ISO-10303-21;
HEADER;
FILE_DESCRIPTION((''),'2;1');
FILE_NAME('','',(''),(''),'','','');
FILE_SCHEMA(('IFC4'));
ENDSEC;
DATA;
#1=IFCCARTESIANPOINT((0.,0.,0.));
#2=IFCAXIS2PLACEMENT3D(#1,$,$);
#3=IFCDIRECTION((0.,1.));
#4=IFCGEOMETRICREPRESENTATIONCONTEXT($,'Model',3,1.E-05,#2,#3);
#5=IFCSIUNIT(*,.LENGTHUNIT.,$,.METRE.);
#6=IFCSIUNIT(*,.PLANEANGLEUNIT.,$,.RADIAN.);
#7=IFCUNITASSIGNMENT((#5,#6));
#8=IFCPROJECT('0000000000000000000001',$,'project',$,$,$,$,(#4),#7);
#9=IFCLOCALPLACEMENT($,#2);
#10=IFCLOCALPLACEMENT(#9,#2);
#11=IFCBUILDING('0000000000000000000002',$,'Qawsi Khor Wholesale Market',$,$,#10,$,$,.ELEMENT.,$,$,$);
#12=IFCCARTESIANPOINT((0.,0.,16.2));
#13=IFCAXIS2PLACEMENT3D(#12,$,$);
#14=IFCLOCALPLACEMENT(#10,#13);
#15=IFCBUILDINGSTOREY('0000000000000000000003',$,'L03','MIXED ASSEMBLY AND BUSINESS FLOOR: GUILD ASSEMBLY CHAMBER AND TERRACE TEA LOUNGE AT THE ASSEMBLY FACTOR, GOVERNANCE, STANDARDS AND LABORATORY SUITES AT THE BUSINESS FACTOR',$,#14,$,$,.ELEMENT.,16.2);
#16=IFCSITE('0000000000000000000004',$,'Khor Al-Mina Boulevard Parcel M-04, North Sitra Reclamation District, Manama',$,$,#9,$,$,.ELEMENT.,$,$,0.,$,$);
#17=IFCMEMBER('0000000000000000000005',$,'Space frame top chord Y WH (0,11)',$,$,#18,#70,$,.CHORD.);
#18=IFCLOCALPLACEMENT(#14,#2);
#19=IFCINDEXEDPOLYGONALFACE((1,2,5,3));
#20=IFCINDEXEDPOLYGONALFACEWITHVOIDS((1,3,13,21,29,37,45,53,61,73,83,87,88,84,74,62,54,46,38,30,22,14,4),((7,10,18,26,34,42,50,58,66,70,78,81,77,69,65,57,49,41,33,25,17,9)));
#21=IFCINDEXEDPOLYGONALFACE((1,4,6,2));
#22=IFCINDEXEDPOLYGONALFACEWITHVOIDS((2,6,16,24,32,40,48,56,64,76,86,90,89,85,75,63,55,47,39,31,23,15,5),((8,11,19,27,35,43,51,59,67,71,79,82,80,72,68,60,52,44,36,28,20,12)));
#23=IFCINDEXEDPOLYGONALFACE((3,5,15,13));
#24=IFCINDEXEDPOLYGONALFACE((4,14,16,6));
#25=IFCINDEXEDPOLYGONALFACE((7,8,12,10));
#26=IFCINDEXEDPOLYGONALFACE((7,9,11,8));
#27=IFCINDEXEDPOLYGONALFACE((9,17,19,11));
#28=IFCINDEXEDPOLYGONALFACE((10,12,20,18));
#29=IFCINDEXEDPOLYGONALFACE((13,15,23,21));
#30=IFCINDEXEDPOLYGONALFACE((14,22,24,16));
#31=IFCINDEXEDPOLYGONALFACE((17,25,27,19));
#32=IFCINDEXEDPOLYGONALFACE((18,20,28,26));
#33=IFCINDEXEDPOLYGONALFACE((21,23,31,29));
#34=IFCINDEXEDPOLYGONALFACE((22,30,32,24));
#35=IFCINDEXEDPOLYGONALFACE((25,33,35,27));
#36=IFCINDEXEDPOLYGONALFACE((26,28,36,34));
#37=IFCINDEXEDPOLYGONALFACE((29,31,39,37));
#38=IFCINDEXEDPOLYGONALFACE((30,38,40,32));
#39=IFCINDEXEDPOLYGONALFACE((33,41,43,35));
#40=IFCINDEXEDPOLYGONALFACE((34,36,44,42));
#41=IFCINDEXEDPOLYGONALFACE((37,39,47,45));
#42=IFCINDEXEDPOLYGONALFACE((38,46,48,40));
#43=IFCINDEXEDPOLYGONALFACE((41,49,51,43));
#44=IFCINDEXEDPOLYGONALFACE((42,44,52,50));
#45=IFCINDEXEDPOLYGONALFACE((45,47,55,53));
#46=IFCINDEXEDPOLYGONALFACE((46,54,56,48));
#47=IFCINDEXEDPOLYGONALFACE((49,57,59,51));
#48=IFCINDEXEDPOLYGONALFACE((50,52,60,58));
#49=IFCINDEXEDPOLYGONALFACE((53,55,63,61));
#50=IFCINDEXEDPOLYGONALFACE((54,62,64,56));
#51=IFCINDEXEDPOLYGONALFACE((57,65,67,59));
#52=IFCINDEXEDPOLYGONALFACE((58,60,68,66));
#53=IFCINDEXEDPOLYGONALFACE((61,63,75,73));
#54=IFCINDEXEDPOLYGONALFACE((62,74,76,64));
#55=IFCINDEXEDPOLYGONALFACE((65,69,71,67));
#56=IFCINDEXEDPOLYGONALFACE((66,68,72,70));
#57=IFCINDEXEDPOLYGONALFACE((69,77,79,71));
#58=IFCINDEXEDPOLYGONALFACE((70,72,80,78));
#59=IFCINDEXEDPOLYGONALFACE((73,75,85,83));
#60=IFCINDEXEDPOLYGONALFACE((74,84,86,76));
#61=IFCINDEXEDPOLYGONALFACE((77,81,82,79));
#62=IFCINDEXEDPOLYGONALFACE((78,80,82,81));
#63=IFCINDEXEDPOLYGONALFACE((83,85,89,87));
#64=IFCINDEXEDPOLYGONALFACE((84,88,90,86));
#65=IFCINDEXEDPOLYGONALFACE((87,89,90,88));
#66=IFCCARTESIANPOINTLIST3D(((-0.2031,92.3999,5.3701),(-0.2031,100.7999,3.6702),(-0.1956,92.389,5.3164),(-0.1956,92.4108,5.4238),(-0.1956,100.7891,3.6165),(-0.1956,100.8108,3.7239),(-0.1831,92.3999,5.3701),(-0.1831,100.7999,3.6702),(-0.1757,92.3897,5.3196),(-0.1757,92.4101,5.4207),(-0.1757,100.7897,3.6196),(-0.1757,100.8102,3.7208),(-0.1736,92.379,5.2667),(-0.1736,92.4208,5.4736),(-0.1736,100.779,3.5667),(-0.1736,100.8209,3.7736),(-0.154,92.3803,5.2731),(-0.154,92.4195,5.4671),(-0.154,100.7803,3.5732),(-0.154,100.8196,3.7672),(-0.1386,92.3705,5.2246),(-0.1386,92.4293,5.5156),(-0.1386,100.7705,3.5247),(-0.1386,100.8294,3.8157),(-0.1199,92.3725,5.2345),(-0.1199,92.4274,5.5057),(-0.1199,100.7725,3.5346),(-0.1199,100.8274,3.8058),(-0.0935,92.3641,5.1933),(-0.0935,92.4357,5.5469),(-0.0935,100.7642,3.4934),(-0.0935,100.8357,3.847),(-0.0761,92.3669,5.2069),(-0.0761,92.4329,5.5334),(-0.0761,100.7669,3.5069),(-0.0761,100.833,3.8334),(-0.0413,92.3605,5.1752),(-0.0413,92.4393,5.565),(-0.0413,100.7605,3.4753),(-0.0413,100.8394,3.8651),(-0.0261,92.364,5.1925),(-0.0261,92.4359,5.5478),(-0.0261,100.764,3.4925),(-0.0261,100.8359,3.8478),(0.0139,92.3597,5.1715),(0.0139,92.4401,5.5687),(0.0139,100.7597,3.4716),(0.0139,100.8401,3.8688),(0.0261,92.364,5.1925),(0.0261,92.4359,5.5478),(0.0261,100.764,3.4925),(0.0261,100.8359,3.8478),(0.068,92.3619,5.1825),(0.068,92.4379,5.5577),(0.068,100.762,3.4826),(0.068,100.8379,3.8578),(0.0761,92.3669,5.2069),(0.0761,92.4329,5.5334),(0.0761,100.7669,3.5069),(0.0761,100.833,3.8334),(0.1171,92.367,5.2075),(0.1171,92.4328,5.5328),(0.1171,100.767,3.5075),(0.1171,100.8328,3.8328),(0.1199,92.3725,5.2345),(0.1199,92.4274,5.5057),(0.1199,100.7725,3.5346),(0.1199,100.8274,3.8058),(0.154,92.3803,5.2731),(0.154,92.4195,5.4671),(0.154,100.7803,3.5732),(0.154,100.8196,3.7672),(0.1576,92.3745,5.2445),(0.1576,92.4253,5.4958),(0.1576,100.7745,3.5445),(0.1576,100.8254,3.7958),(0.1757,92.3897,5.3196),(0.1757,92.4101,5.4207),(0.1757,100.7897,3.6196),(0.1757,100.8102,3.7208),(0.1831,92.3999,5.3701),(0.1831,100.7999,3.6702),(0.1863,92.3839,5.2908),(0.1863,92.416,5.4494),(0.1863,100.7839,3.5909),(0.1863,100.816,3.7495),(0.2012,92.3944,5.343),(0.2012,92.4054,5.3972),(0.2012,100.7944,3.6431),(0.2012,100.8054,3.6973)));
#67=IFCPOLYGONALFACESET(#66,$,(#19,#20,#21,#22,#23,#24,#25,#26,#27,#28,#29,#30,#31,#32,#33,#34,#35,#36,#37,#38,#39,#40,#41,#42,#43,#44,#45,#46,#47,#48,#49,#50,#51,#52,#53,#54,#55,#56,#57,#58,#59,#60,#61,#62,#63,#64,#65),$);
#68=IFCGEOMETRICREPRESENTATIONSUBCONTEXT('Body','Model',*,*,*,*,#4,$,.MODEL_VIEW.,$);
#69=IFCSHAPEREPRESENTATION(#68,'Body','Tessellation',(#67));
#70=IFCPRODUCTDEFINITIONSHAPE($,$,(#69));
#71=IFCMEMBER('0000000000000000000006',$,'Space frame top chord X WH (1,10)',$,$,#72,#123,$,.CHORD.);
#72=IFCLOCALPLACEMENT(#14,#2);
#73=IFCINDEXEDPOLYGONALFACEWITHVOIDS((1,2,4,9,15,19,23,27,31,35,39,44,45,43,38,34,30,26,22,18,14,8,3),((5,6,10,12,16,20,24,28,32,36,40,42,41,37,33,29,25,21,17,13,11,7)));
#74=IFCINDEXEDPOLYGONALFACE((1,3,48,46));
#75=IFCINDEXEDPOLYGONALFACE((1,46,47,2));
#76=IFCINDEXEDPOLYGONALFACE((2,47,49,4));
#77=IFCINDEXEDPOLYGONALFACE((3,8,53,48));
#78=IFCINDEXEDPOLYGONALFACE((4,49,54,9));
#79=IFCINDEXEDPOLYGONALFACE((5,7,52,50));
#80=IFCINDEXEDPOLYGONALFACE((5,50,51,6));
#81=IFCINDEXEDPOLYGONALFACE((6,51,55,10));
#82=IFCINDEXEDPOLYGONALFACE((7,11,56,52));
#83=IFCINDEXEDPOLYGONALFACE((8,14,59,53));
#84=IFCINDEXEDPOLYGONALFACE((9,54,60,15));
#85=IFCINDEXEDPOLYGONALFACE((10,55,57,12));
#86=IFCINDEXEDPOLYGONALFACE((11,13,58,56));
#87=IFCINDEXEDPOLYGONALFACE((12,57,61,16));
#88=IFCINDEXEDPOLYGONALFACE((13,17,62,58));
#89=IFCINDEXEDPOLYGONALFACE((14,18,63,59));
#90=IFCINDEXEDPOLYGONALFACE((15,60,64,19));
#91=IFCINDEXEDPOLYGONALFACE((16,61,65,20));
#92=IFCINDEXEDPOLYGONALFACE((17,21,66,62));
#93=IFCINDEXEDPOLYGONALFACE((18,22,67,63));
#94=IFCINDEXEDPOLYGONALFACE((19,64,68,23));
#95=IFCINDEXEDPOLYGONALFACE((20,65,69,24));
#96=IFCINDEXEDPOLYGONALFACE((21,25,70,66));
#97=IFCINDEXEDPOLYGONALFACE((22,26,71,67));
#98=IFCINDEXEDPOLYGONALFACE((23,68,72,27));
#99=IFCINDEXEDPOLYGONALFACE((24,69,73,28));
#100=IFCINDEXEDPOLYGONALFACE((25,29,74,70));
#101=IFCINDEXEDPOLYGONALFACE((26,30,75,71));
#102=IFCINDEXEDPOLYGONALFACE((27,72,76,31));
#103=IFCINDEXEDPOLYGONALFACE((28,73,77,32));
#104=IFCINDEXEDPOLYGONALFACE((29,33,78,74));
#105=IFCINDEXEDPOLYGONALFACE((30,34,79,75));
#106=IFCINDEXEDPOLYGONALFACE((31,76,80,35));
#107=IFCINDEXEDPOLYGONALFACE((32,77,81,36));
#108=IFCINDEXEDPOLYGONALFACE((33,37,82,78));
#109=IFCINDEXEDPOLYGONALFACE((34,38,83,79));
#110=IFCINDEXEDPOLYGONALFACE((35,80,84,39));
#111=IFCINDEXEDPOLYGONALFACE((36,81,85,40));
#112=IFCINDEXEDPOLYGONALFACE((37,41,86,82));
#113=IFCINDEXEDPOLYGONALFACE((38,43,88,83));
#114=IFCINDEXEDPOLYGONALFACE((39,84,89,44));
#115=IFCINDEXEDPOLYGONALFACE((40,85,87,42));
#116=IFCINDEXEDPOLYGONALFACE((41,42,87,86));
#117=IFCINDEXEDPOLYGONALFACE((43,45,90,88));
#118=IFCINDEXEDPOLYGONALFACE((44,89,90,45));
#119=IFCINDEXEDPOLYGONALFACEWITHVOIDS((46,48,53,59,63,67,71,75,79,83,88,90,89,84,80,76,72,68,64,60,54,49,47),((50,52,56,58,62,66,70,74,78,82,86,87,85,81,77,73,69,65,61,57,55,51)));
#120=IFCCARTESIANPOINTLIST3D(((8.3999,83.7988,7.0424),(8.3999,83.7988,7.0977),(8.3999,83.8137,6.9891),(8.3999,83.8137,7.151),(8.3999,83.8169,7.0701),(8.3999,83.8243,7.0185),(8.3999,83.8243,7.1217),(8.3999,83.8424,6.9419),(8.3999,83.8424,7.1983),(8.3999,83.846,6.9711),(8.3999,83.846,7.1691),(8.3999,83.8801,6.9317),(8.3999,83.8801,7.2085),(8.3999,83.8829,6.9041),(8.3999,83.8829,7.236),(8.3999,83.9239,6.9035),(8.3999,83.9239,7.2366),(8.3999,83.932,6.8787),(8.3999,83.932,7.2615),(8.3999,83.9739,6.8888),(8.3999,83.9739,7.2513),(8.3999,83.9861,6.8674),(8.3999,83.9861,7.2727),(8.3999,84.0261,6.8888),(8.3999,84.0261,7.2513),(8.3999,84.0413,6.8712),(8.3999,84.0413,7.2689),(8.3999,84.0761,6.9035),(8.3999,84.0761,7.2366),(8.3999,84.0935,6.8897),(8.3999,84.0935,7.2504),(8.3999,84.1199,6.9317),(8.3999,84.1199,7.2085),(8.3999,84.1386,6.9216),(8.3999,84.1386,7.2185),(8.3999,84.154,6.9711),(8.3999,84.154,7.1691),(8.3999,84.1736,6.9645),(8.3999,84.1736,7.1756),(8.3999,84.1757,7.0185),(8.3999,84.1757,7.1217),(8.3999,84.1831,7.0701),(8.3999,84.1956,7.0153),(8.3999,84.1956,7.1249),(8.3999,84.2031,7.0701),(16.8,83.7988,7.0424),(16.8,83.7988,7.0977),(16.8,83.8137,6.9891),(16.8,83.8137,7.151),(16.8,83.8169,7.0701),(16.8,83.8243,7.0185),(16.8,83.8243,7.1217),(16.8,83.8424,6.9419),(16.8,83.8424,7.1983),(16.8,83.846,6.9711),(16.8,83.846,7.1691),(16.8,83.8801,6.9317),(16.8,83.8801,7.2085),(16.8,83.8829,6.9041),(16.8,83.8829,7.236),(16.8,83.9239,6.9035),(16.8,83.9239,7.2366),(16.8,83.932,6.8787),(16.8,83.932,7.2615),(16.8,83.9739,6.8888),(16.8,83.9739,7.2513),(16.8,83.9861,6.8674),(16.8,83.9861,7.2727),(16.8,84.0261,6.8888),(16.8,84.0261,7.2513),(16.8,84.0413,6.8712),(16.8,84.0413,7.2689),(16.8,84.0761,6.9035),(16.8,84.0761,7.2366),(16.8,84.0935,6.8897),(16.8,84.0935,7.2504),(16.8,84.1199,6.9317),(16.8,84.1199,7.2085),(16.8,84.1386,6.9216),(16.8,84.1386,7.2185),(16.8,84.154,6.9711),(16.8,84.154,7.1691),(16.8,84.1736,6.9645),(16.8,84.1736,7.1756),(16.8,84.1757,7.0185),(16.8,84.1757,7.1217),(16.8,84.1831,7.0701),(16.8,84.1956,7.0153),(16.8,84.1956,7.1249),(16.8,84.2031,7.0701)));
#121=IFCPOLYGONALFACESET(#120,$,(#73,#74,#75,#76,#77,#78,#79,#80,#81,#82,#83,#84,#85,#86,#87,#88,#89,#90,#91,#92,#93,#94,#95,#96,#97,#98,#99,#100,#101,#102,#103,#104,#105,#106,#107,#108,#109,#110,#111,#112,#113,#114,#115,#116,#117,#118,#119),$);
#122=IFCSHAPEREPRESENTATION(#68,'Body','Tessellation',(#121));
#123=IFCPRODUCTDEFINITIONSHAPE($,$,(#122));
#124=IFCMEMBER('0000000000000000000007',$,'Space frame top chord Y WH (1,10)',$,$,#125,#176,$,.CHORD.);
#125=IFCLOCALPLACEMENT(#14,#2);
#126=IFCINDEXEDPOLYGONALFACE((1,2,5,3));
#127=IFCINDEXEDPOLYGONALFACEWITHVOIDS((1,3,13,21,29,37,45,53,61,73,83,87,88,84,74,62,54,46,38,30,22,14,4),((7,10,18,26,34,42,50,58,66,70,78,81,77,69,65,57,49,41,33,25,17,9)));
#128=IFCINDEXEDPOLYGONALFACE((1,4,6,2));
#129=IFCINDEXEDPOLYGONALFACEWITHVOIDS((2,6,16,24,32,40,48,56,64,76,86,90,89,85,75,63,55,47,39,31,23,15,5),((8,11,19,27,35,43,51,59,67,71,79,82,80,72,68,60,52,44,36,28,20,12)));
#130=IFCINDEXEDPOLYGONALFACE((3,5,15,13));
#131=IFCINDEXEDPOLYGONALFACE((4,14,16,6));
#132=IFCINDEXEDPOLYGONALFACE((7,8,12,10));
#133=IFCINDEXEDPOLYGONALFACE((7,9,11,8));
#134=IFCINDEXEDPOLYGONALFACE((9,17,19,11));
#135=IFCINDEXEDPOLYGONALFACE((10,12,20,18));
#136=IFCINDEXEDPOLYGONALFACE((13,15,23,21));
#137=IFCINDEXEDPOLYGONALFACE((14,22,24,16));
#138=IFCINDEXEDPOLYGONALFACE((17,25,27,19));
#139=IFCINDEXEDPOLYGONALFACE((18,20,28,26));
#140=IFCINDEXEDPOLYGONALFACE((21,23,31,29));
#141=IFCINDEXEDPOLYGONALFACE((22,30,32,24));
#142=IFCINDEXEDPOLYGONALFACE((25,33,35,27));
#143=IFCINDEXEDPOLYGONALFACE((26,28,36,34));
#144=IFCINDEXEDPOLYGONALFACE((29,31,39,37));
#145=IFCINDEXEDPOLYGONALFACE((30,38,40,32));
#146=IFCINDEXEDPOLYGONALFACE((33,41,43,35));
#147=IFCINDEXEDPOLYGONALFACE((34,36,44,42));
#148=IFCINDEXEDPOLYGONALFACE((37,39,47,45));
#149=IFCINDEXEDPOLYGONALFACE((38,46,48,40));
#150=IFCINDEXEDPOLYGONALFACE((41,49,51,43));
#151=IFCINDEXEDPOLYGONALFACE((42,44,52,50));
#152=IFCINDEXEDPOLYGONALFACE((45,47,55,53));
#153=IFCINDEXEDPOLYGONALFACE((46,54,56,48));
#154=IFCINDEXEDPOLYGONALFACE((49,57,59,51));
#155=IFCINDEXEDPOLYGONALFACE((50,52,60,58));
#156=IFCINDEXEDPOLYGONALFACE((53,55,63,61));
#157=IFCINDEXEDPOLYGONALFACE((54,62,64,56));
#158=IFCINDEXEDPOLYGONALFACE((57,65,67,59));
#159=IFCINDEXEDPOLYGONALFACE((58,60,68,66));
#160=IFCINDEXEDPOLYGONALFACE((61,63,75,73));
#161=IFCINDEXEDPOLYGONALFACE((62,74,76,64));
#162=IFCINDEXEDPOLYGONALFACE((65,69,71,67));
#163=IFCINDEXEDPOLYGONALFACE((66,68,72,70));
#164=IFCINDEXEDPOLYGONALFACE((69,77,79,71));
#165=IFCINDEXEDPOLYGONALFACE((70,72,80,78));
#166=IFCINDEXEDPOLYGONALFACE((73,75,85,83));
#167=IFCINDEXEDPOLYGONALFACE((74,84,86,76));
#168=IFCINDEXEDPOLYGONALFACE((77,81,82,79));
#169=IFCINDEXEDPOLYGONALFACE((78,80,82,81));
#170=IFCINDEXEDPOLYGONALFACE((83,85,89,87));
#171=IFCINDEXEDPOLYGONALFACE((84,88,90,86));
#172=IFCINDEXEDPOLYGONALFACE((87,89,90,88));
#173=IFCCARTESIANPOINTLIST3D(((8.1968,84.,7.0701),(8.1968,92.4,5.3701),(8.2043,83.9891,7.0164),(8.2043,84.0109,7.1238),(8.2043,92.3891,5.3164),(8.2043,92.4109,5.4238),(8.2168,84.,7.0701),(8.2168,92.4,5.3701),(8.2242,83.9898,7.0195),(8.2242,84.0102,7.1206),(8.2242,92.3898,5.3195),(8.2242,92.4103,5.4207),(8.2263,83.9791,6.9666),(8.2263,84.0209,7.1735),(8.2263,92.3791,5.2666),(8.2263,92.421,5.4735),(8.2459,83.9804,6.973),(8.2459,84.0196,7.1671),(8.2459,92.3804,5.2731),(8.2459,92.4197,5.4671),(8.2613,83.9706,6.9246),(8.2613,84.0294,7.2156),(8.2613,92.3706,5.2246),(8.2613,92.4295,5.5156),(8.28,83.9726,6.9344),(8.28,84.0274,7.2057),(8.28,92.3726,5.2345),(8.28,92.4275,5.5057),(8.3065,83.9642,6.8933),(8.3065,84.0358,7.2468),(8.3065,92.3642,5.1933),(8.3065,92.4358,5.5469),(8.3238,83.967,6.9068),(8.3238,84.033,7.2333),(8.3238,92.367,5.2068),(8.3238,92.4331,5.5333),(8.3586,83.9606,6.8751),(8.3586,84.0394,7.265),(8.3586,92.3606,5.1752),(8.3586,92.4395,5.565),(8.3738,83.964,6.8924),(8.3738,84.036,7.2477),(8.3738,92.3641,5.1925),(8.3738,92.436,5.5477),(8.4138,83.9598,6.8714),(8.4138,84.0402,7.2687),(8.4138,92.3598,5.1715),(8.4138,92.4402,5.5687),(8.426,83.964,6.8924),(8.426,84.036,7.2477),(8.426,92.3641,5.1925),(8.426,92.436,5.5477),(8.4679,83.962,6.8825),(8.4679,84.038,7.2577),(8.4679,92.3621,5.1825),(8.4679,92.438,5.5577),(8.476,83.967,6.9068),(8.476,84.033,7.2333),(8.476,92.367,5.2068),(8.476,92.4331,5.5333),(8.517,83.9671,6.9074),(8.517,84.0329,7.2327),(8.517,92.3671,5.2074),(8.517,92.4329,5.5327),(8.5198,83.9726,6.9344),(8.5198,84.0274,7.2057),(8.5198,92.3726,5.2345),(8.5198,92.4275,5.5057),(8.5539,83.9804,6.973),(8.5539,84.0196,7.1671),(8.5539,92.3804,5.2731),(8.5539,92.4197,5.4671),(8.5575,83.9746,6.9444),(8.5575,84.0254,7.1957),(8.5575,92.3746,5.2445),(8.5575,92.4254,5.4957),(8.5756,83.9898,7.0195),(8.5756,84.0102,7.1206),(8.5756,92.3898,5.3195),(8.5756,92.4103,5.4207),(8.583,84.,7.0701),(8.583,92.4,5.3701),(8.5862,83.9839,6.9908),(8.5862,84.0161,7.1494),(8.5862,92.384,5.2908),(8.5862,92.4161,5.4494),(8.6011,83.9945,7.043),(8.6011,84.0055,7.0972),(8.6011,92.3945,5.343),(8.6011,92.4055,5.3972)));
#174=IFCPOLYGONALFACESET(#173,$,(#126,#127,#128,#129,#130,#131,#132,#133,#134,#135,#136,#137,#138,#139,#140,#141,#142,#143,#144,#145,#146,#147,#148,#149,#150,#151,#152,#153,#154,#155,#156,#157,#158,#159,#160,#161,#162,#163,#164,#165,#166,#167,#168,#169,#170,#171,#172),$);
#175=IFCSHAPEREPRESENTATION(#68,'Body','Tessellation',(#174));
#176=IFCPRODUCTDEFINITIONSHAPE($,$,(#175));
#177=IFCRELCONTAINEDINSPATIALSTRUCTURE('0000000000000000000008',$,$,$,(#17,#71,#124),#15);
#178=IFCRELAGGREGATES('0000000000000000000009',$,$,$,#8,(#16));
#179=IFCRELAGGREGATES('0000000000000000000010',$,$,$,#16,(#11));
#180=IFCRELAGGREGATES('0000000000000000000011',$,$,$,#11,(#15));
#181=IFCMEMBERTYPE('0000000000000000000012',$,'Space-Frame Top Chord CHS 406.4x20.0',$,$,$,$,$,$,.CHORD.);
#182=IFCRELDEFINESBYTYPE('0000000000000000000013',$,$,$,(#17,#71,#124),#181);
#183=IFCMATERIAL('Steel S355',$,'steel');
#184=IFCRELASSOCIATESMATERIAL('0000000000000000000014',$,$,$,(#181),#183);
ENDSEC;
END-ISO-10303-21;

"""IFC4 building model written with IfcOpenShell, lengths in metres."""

from ifc_helpers import new_model, si_unit, direction, frame, origin, origin_2d, place, context, subcontext, project, spatial, hollow_circle, extrude, material, material_profile, profile_set, type_object, element, save


model = new_model("IFC4")

# Units and contexts
model_context = context("Model", 3, precision=1e-05, world=origin(), true_north=direction((0.0, 1.0)))
body_context = subcontext(model_context, "Body", "Model", "MODEL_VIEW")
ifc_project = project(units=[si_unit("LENGTHUNIT", "METRE"), si_unit("PLANEANGLEUNIT", "RADIAN")], contexts=[model_context])

# Site, building, storey
site_placement = place(None, origin())
site = spatial("IfcSite", under=ifc_project, at=site_placement, Name="Khor Al-Mina Boulevard Parcel M-04, North Sitra Reclamation District, Manama", CompositionType="ELEMENT", RefElevation=0.0)
building_placement = place(site_placement, origin())
building = spatial("IfcBuilding", under=site, at=building_placement, Name="Qawsi Khor Wholesale Market", CompositionType="ELEMENT")
storey_placement = place(building_placement, frame((0.0, 0.0, 16.2)))
storey = spatial("IfcBuildingStorey", under=building, at=storey_placement, Name="L03", Description="MIXED ASSEMBLY AND BUSINESS FLOOR: GUILD ASSEMBLY CHAMBER AND TERRACE TEA LOUNGE AT THE ASSEMBLY FACTOR, GOVERNANCE, STANDARDS AND LABORATORY SUITES AT THE BUSINESS FACTOR", CompositionType="ELEMENT", Elevation=16.2)

# Members
ifc_material_1 = material(Name="Steel S355", Category="steel")
ifc_material_profile_1 = material_profile(ifc_material_1, hollow_circle(Radius=0.2031, WallThickness=0.02, at=origin_2d()), Name="CHS 406.4x20.0")
ifc_profile_set_1 = profile_set([ifc_material_profile_1], Name="Steel S355")
member_type_1 = type_object("IfcMemberType", Name="Space-Frame Top Chord CHS 406.4x20.0", PredefinedType="CHORD", material=ifc_profile_set_1)
member_1_placement = place(storey_placement, frame((0.0, 92.3999, 5.3701), z_axis=(0.0, 0.980131, -0.198351), x_axis=(-1.0, 0.0, 0.0)))
element("IfcMember", 1, at=member_1_placement, inside=storey, type_object=member_type_1, Name="Space frame top chord Y WH (0,11)", PredefinedType="CHORD", context=body_context, shape_type="SweptSolid", body=[
    extrude(hollow_circle(Radius=0.2031, WallThickness=0.02, at=origin_2d()), origin(), (0.0, 0.0, 1.0), 8.5703),
])
member_2_placement = place(storey_placement, frame((8.3999, 84.0, 7.0701), z_axis=(1.0, 0.0, 0.0), x_axis=(0.0, 1.0, 0.0)))
element("IfcMember", 2, at=member_2_placement, inside=storey, type_object=member_type_1, Name="Space frame top chord X WH (1,10)", PredefinedType="CHORD", context=body_context, shape_type="SweptSolid", body=[
    extrude(hollow_circle(Radius=0.2031, WallThickness=0.02, at=origin_2d()), origin(), (0.0, 0.0, 1.0), 8.4001),
])
member_3_placement = place(storey_placement, frame((8.3999, 84.0, 7.0701), z_axis=(0.0, 0.98013, -0.198356), x_axis=(-1.0, 0.0, 0.0)))
element("IfcMember", 3, at=member_3_placement, inside=storey, type_object=member_type_1, Name="Space frame top chord Y WH (1,10)", PredefinedType="CHORD", context=body_context, shape_type="SweptSolid", body=[
    extrude(hollow_circle(Radius=0.2031, WallThickness=0.02, at=origin_2d()), origin(), (0.0, 0.0, 1.0), 8.5703),
])

save(model, "model.ifc")
